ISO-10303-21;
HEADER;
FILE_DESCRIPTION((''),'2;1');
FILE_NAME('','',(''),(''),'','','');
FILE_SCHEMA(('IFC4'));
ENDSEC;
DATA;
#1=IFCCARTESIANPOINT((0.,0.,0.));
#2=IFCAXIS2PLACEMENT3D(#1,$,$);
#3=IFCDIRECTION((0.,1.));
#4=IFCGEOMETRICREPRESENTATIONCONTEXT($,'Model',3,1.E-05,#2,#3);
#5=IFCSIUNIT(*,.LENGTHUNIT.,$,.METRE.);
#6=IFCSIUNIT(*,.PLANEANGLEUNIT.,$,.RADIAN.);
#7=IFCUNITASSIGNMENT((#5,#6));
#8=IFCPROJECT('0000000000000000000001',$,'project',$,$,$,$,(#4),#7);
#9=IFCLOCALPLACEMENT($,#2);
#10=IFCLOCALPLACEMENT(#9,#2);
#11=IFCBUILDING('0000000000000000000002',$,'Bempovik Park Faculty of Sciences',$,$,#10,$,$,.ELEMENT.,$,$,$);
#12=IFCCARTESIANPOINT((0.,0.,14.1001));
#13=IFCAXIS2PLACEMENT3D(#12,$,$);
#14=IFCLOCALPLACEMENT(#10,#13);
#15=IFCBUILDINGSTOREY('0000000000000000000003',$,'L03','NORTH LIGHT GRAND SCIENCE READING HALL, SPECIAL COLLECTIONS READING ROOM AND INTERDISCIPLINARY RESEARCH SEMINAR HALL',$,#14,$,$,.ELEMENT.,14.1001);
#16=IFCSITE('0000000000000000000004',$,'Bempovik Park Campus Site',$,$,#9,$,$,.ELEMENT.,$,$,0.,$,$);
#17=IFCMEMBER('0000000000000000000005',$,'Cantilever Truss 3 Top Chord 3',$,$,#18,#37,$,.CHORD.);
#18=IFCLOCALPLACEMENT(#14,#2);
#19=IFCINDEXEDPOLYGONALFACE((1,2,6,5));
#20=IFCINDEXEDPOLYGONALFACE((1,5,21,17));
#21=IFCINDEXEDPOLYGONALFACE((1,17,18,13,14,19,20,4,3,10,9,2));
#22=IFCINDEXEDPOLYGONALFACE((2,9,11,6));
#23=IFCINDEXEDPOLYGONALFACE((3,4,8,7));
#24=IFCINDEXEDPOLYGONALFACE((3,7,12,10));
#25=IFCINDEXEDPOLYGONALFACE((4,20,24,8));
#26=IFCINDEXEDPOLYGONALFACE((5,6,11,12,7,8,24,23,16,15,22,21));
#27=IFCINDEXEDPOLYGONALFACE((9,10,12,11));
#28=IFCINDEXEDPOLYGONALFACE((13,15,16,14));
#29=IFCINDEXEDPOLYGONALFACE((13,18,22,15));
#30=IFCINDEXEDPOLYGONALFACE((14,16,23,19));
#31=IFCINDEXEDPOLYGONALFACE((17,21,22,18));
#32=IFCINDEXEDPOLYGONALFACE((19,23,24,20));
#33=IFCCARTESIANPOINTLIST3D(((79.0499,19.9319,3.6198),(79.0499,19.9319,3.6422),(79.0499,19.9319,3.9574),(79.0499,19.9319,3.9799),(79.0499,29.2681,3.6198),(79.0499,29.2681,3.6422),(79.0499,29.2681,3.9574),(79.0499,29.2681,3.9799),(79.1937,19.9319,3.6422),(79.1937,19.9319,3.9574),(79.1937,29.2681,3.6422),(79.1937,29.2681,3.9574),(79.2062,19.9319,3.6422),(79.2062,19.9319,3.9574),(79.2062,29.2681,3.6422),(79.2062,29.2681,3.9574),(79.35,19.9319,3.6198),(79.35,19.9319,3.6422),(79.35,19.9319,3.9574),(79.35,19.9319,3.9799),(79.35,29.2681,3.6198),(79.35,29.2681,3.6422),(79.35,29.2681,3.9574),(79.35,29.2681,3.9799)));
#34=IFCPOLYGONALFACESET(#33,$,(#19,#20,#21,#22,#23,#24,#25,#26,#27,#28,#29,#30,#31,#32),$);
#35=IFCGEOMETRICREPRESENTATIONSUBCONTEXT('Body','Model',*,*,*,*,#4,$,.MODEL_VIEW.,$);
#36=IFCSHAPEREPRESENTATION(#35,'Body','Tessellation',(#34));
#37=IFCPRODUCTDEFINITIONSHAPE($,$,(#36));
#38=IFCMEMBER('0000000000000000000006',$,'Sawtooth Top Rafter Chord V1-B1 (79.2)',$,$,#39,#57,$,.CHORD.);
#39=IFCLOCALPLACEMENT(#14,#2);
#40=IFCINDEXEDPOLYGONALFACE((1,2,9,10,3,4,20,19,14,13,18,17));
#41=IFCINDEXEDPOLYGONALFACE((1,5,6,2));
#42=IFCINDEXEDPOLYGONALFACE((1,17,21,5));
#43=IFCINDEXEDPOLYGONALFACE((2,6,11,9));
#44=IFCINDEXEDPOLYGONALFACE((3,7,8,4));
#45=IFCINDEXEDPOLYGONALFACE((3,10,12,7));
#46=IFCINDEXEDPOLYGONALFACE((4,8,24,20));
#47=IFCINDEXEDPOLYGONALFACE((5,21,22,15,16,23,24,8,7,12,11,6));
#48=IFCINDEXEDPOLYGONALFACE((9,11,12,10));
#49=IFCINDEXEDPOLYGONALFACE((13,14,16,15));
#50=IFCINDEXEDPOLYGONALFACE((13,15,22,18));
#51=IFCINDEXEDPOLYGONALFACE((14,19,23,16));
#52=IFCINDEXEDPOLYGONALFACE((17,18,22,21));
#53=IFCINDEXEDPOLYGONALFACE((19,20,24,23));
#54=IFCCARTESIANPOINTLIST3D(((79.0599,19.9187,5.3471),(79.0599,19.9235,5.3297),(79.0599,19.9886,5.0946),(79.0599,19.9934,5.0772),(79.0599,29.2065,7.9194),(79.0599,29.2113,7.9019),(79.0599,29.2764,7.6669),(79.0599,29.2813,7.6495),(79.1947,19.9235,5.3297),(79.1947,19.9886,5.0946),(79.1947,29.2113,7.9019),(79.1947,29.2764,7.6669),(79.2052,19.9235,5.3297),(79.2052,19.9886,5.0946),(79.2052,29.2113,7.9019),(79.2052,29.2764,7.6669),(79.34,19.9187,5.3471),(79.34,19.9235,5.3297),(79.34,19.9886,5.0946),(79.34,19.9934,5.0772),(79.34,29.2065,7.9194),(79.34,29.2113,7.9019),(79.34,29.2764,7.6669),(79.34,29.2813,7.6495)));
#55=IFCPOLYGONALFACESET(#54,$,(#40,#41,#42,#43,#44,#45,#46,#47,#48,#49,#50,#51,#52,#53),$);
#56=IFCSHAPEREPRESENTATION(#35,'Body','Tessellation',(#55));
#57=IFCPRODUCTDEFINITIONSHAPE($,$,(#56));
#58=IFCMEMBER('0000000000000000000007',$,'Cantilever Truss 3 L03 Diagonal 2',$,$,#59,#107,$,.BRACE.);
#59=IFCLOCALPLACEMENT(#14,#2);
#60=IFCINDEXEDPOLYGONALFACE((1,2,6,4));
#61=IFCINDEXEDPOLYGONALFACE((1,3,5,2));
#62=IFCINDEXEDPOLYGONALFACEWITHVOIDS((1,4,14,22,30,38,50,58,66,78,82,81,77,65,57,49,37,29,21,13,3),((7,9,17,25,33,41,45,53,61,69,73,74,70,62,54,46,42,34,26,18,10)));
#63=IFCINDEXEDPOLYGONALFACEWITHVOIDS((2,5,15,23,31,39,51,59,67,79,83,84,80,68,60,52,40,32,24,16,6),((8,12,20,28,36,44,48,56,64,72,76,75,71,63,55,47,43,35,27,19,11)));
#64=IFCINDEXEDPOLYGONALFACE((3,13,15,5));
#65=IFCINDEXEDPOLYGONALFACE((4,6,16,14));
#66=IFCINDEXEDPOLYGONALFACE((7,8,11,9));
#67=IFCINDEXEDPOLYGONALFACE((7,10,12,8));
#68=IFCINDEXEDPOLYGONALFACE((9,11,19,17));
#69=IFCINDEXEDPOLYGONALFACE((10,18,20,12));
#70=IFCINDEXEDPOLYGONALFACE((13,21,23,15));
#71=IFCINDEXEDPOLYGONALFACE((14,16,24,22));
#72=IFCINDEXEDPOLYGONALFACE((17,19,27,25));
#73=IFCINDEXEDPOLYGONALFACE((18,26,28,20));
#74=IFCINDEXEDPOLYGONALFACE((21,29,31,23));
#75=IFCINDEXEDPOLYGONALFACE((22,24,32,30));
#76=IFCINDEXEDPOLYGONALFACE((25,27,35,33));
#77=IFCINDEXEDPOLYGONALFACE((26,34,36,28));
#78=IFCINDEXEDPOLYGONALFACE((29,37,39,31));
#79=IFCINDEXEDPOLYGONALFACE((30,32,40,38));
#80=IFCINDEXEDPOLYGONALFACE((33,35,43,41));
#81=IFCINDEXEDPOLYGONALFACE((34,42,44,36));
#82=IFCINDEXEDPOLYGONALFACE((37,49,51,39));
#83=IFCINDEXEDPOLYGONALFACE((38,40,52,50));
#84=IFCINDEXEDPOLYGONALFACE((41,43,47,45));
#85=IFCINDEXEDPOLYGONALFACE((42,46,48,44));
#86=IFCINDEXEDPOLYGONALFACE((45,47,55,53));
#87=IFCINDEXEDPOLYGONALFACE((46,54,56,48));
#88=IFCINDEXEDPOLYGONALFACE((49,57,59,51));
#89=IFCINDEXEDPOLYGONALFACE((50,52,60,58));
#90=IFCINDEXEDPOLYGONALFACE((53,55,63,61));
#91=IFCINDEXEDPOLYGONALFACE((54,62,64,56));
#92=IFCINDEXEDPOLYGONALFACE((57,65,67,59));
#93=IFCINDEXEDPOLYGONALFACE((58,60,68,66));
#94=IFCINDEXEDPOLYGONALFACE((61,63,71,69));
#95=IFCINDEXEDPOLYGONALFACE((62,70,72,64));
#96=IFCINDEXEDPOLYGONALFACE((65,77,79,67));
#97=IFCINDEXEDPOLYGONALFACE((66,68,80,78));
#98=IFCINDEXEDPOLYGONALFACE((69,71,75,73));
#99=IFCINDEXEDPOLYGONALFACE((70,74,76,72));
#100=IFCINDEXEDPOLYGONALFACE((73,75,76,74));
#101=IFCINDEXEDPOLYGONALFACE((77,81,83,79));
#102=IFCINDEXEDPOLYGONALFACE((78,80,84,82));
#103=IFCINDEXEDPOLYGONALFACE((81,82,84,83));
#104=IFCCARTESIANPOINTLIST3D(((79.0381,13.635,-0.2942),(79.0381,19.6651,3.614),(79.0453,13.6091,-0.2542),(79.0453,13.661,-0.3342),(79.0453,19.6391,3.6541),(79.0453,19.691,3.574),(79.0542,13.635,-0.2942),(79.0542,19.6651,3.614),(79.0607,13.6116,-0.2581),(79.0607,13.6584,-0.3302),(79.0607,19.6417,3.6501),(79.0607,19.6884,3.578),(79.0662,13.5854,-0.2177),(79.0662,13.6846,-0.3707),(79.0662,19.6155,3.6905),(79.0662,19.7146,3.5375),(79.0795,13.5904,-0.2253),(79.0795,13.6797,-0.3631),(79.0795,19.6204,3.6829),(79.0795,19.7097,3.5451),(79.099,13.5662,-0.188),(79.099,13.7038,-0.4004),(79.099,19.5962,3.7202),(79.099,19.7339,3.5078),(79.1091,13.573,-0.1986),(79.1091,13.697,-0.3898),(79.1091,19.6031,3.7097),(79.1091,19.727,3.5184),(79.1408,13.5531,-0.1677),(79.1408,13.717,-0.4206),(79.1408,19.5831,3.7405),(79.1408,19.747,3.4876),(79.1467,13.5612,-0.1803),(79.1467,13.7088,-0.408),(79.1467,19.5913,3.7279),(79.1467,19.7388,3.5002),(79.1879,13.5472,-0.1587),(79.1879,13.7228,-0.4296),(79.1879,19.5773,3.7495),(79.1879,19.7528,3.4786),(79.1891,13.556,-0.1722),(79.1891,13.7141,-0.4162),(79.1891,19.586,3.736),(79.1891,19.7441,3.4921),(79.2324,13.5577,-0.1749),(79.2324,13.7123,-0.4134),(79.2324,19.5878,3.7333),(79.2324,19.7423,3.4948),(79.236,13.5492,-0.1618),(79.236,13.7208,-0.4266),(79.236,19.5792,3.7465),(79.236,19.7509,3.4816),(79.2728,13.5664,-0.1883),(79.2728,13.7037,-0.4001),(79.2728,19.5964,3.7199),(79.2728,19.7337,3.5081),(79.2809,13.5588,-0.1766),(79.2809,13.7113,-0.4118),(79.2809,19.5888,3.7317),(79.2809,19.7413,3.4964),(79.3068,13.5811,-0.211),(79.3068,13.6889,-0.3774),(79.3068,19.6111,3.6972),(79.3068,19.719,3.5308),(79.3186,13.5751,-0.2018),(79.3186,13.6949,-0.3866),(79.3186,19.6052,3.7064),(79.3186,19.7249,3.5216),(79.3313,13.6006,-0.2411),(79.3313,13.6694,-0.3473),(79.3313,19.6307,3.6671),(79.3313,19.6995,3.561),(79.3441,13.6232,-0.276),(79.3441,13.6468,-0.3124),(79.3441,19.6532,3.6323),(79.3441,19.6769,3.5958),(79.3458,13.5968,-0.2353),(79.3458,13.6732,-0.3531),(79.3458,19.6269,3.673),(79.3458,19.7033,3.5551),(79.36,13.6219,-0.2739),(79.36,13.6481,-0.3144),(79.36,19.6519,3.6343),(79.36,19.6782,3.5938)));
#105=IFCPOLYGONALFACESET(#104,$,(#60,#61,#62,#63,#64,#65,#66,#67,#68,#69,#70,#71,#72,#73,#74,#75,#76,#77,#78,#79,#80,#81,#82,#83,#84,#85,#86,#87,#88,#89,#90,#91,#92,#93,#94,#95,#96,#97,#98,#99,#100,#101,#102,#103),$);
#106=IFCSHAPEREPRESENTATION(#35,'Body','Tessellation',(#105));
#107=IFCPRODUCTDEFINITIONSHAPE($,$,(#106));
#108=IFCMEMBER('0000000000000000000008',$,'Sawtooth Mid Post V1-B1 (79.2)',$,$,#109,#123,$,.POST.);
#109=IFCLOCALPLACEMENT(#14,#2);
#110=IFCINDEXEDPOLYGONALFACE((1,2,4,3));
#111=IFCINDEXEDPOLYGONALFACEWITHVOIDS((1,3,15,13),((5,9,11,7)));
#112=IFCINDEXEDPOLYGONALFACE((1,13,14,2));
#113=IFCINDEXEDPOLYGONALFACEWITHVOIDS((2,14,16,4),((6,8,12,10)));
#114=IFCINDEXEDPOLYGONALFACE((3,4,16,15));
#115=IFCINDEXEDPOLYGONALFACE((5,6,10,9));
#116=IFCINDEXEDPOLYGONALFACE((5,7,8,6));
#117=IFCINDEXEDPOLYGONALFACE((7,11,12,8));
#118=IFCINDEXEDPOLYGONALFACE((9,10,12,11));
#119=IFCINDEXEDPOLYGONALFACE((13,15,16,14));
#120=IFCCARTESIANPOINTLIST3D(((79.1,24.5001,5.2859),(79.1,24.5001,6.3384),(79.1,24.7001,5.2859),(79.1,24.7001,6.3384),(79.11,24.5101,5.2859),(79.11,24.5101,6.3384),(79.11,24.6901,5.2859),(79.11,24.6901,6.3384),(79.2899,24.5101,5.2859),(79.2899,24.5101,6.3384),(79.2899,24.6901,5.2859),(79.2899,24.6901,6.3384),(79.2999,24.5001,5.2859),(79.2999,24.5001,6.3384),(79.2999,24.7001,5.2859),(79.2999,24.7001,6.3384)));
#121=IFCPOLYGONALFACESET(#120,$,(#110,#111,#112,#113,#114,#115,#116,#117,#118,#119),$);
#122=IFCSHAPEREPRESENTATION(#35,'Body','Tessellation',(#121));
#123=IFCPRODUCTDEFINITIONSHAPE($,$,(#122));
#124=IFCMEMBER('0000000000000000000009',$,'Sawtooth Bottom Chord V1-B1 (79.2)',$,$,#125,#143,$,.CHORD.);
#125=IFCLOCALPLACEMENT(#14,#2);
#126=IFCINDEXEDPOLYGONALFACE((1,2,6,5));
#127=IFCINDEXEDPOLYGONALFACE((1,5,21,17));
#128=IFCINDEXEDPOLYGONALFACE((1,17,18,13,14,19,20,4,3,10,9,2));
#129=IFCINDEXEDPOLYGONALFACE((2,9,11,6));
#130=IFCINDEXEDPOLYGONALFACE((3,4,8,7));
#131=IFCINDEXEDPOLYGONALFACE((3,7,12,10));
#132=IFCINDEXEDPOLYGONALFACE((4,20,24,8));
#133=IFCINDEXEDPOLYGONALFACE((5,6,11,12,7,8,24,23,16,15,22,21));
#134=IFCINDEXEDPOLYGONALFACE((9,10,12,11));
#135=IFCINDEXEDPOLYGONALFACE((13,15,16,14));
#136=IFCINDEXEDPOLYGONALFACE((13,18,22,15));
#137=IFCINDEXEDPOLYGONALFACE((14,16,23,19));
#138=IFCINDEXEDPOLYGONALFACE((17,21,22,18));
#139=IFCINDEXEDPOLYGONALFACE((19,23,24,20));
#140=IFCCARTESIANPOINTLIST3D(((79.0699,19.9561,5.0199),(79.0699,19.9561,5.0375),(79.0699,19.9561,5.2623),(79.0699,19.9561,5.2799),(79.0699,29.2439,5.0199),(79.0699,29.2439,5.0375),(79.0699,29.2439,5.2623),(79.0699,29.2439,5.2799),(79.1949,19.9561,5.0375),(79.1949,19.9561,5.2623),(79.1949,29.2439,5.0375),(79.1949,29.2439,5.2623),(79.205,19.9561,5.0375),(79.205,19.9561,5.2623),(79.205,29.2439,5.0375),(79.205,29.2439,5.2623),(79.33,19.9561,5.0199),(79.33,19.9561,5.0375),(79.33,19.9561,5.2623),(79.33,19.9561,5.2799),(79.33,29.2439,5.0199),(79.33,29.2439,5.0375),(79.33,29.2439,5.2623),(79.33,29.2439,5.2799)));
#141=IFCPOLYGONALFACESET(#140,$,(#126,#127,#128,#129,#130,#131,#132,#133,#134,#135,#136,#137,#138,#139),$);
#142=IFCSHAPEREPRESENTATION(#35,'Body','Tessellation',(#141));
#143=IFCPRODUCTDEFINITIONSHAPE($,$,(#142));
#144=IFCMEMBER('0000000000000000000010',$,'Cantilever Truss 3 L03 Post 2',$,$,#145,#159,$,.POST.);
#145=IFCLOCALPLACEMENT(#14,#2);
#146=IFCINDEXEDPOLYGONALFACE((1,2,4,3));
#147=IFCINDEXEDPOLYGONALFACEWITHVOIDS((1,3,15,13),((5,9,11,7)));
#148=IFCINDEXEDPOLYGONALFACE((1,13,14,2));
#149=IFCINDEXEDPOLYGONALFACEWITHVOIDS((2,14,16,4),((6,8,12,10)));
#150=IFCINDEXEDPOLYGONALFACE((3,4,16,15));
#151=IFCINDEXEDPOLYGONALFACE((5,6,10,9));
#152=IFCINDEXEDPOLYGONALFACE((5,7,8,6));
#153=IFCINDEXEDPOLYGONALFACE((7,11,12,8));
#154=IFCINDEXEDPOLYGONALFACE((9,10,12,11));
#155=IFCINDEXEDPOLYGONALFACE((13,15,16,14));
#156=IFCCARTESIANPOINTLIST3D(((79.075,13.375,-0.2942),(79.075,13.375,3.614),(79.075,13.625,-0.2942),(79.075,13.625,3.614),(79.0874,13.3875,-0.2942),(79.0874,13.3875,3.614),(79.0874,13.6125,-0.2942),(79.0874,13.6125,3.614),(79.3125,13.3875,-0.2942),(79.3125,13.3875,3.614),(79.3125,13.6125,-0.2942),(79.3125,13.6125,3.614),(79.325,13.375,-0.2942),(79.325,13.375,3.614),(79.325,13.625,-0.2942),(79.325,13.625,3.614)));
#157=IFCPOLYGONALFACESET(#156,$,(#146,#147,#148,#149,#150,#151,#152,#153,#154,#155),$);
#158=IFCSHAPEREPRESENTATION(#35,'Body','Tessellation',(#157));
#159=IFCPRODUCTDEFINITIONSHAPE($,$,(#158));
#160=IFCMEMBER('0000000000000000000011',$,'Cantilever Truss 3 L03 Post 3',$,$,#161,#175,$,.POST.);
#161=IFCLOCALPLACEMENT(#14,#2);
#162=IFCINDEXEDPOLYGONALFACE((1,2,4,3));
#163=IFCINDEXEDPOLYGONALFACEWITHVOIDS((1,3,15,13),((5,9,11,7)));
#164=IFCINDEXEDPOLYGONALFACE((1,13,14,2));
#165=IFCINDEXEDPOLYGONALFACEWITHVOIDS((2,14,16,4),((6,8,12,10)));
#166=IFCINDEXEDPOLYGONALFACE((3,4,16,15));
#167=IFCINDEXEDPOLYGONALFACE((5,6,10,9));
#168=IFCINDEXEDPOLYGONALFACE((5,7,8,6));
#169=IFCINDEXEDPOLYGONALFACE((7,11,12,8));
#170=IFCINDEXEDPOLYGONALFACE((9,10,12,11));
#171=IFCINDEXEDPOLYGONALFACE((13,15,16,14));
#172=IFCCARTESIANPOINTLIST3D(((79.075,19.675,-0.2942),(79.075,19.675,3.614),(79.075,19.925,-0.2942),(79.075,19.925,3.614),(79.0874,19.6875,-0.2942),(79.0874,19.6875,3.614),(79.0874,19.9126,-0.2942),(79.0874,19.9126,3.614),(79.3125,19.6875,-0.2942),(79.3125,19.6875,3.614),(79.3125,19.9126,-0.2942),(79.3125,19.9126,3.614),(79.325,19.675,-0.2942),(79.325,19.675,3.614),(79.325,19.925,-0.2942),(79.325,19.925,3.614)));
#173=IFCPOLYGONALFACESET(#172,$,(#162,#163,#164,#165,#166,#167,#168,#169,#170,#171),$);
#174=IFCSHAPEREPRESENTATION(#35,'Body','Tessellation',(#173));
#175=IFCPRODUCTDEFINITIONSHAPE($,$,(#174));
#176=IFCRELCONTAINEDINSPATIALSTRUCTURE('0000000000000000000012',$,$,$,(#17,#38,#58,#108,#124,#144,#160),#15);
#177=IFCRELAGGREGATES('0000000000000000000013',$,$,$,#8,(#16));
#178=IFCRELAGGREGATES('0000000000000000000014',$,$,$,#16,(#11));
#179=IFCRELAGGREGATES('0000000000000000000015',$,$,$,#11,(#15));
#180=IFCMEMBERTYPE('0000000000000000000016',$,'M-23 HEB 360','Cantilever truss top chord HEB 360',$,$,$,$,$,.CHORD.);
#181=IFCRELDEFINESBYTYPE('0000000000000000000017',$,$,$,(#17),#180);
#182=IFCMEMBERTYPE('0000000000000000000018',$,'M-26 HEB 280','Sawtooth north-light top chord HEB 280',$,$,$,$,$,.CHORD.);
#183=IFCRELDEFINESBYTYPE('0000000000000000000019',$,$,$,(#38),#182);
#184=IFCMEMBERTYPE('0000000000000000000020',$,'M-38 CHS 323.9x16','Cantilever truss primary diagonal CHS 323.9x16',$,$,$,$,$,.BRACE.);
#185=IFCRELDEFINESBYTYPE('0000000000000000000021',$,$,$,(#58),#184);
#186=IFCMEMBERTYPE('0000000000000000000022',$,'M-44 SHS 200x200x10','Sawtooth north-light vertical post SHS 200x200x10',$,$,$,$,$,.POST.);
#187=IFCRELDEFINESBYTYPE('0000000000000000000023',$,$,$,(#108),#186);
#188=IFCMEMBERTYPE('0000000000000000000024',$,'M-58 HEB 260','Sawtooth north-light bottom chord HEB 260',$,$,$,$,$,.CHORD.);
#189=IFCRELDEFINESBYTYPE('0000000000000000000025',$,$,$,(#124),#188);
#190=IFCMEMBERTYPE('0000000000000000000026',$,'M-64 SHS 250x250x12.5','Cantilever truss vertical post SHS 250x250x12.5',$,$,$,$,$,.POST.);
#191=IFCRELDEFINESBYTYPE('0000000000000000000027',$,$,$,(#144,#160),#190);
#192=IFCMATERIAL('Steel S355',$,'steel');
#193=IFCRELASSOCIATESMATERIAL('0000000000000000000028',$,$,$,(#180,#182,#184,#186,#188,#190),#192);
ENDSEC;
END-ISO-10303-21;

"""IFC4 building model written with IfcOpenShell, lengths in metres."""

from ifc_helpers import new_model, si_unit, direction, frame, origin, origin_2d, place, context, subcontext, project, spatial, hollow_rectangle, hollow_circle, i_section, extrude, material, material_profile, profile_set, type_object, element, save


model = new_model("IFC4")

# Units and contexts
model_context = context("Model", 3, precision=1e-05, world=origin(), true_north=direction((0.0, 1.0)))
body_context = subcontext(model_context, "Body", "Model", "MODEL_VIEW")
ifc_project = project(units=[si_unit("LENGTHUNIT", "METRE"), si_unit("PLANEANGLEUNIT", "RADIAN")], contexts=[model_context])

# Site, building, storey
site_placement = place(None, origin())
site = spatial("IfcSite", under=ifc_project, at=site_placement, Name="Bempovik Park Campus Site", CompositionType="ELEMENT", RefElevation=0.0)
building_placement = place(site_placement, origin())
building = spatial("IfcBuilding", under=site, at=building_placement, Name="Bempovik Park Faculty of Sciences", CompositionType="ELEMENT")
storey_placement = place(building_placement, frame((0.0, 0.0, 14.1001)))
storey = spatial("IfcBuildingStorey", under=building, at=storey_placement, Name="L03", Description="NORTH LIGHT GRAND SCIENCE READING HALL, SPECIAL COLLECTIONS READING ROOM AND INTERDISCIPLINARY RESEARCH SEMINAR HALL", CompositionType="ELEMENT", Elevation=14.1001)

# Shared definitions
ifc_material_1 = material(Name="Steel S355", Category="steel")

# Members
ifc_material_profile_1 = material_profile(ifc_material_1, i_section(OverallWidth=0.3, OverallDepth=0.3601, WebThickness=0.0125, FlangeThickness=0.0225, at=origin_2d()), Name="HEB 360")
ifc_profile_set_1 = profile_set([ifc_material_profile_1], Name="Steel S355")
member_type_1 = type_object("IfcMemberType", Name="M-23 HEB 360", Description="Cantilever truss top chord HEB 360", PredefinedType="CHORD", material=ifc_profile_set_1)
member_1_placement = place(storey_placement, frame((79.2, 19.9319, 3.7998), z_axis=(0.0, 1.0, 0.0), x_axis=(-1.0, 0.0, 0.0)))
element("IfcMember", 1, at=member_1_placement, inside=storey, type_object=member_type_1, Name="Cantilever Truss 3 Top Chord 3", PredefinedType="CHORD", context=body_context, shape_type="SweptSolid", body=[
    extrude(i_section(OverallWidth=0.3, OverallDepth=0.3601, WebThickness=0.0125, FlangeThickness=0.0225, at=origin_2d()), origin(), (0.0, 0.0, 1.0), 9.3362),
])
ifc_material_profile_2 = material_profile(ifc_material_1, i_section(OverallWidth=0.28, OverallDepth=0.28, WebThickness=0.0105, FlangeThickness=0.0181, at=origin_2d()), Name="HEB 280")
ifc_profile_set_2 = profile_set([ifc_material_profile_2], Name="Steel S355")
member_type_2 = type_object("IfcMemberType", Name="M-26 HEB 280", Description="Sawtooth north-light top chord HEB 280", PredefinedType="CHORD", material=ifc_profile_set_2)
member_2_placement = place(storey_placement, frame((79.2, 19.9561, 5.2122), z_axis=(0.0, 0.963723, 0.266903), x_axis=(-1.0, 0.0, 0.0)))
element("IfcMember", 2, at=member_2_placement, inside=storey, type_object=member_type_2, Name="Sawtooth Top Rafter Chord V1-B1 (79.2)", PredefinedType="CHORD", context=body_context, shape_type="SweptSolid", body=[
    extrude(i_section(OverallWidth=0.28, OverallDepth=0.28, WebThickness=0.0105, FlangeThickness=0.0181, at=origin_2d()), origin(), (0.0, 0.0, 1.0), 9.6375),
])
ifc_material_profile_3 = material_profile(ifc_material_1, hollow_circle(Radius=0.1619, WallThickness=0.0161, at=origin_2d()), Name="CHS 323.9x16")
ifc_profile_set_3 = profile_set([ifc_material_profile_3], Name="Steel S355")
member_type_3 = type_object("IfcMemberType", Name="M-38 CHS 323.9x16", Description="Cantilever truss primary diagonal CHS 323.9x16", PredefinedType="BRACE", material=ifc_profile_set_3)
member_3_placement = place(storey_placement, frame((79.2, 13.635, -0.2942), z_axis=(0.0, 0.839162, 0.543881), x_axis=(-1.0, 0.0, 0.0)))
element("IfcMember", 3, at=member_3_placement, inside=storey, type_object=member_type_3, Name="Cantilever Truss 3 L03 Diagonal 2", PredefinedType="BRACE", context=body_context, shape_type="SweptSolid", body=[
    extrude(hollow_circle(Radius=0.1619, WallThickness=0.0161, at=origin_2d()), origin(), (0.0, 0.0, 1.0), 7.1858),
])
ifc_material_profile_4 = material_profile(ifc_material_1, hollow_rectangle(XDim=0.2, YDim=0.2, WallThickness=0.01, at=origin_2d()), Name="SHS 200x200x10")
ifc_profile_set_4 = profile_set([ifc_material_profile_4], Name="Steel S355")
member_type_4 = type_object("IfcMemberType", Name="M-44 SHS 200x200x10", Description="Sawtooth north-light vertical post SHS 200x200x10", PredefinedType="POST", material=ifc_profile_set_4)
member_4_placement = place(storey_placement, frame((79.2, 24.6001, 5.2859), z_axis=(0.0, 0.0, 1.0), x_axis=(1.0, 0.0, 0.0)))
element("IfcMember", 4, at=member_4_placement, inside=storey, type_object=member_type_4, Name="Sawtooth Mid Post V1-B1 (79.2)", PredefinedType="POST", context=body_context, shape_type="SweptSolid", body=[
    extrude(hollow_rectangle(XDim=0.2, YDim=0.2, WallThickness=0.01, at=origin_2d()), origin(), (0.0, 0.0, 1.0), 1.0525),
])
ifc_material_profile_5 = material_profile(ifc_material_1, i_section(OverallWidth=0.26, OverallDepth=0.26, WebThickness=0.01, FlangeThickness=0.0176, at=origin_2d()), Name="HEB 260")
ifc_profile_set_5 = profile_set([ifc_material_profile_5], Name="Steel S355")
member_type_5 = type_object("IfcMemberType", Name="M-58 HEB 260", Description="Sawtooth north-light bottom chord HEB 260", PredefinedType="CHORD", material=ifc_profile_set_5)
member_5_placement = place(storey_placement, frame((79.2, 19.9561, 5.1499), z_axis=(0.0, 1.0, 0.0), x_axis=(-1.0, 0.0, 0.0)))
element("IfcMember", 5, at=member_5_placement, inside=storey, type_object=member_type_5, Name="Sawtooth Bottom Chord V1-B1 (79.2)", PredefinedType="CHORD", context=body_context, shape_type="SweptSolid", body=[
    extrude(i_section(OverallWidth=0.26, OverallDepth=0.26, WebThickness=0.01, FlangeThickness=0.0176, at=origin_2d()), origin(), (0.0, 0.0, 1.0), 9.2878),
])
ifc_material_profile_6 = material_profile(ifc_material_1, hollow_rectangle(XDim=0.25, YDim=0.25, WallThickness=0.0125, at=origin_2d()), Name="SHS 250x250x12.5")
ifc_profile_set_6 = profile_set([ifc_material_profile_6], Name="Steel S355")
member_type_6 = type_object("IfcMemberType", Name="M-64 SHS 250x250x12.5", Description="Cantilever truss vertical post SHS 250x250x12.5", PredefinedType="POST", material=ifc_profile_set_6)
for number, where, z_axis, x_axis, name in (
    (6, (79.2, 13.5, -0.2942), (0.0, 0.0, 1.0), (1.0, 0.0, 0.0), "Cantilever Truss 3 L03 Post 2"),
    (7, (79.2, 19.8, -0.2942), (0.0, 0.0, 1.0), (1.0, 0.0, 0.0), "Cantilever Truss 3 L03 Post 3"),
):
    element("IfcMember", number, at=place(storey_placement, frame(where, z_axis=z_axis, x_axis=x_axis)), inside=storey, type_object=member_type_6, Name=name, PredefinedType="POST", context=body_context, shape_type="SweptSolid", body=[
        extrude(hollow_rectangle(XDim=0.25, YDim=0.25, WallThickness=0.0125, at=origin_2d()), origin(), (0.0, 0.0, 1.0), 3.9082),
    ])

save(model, "model.ifc")
